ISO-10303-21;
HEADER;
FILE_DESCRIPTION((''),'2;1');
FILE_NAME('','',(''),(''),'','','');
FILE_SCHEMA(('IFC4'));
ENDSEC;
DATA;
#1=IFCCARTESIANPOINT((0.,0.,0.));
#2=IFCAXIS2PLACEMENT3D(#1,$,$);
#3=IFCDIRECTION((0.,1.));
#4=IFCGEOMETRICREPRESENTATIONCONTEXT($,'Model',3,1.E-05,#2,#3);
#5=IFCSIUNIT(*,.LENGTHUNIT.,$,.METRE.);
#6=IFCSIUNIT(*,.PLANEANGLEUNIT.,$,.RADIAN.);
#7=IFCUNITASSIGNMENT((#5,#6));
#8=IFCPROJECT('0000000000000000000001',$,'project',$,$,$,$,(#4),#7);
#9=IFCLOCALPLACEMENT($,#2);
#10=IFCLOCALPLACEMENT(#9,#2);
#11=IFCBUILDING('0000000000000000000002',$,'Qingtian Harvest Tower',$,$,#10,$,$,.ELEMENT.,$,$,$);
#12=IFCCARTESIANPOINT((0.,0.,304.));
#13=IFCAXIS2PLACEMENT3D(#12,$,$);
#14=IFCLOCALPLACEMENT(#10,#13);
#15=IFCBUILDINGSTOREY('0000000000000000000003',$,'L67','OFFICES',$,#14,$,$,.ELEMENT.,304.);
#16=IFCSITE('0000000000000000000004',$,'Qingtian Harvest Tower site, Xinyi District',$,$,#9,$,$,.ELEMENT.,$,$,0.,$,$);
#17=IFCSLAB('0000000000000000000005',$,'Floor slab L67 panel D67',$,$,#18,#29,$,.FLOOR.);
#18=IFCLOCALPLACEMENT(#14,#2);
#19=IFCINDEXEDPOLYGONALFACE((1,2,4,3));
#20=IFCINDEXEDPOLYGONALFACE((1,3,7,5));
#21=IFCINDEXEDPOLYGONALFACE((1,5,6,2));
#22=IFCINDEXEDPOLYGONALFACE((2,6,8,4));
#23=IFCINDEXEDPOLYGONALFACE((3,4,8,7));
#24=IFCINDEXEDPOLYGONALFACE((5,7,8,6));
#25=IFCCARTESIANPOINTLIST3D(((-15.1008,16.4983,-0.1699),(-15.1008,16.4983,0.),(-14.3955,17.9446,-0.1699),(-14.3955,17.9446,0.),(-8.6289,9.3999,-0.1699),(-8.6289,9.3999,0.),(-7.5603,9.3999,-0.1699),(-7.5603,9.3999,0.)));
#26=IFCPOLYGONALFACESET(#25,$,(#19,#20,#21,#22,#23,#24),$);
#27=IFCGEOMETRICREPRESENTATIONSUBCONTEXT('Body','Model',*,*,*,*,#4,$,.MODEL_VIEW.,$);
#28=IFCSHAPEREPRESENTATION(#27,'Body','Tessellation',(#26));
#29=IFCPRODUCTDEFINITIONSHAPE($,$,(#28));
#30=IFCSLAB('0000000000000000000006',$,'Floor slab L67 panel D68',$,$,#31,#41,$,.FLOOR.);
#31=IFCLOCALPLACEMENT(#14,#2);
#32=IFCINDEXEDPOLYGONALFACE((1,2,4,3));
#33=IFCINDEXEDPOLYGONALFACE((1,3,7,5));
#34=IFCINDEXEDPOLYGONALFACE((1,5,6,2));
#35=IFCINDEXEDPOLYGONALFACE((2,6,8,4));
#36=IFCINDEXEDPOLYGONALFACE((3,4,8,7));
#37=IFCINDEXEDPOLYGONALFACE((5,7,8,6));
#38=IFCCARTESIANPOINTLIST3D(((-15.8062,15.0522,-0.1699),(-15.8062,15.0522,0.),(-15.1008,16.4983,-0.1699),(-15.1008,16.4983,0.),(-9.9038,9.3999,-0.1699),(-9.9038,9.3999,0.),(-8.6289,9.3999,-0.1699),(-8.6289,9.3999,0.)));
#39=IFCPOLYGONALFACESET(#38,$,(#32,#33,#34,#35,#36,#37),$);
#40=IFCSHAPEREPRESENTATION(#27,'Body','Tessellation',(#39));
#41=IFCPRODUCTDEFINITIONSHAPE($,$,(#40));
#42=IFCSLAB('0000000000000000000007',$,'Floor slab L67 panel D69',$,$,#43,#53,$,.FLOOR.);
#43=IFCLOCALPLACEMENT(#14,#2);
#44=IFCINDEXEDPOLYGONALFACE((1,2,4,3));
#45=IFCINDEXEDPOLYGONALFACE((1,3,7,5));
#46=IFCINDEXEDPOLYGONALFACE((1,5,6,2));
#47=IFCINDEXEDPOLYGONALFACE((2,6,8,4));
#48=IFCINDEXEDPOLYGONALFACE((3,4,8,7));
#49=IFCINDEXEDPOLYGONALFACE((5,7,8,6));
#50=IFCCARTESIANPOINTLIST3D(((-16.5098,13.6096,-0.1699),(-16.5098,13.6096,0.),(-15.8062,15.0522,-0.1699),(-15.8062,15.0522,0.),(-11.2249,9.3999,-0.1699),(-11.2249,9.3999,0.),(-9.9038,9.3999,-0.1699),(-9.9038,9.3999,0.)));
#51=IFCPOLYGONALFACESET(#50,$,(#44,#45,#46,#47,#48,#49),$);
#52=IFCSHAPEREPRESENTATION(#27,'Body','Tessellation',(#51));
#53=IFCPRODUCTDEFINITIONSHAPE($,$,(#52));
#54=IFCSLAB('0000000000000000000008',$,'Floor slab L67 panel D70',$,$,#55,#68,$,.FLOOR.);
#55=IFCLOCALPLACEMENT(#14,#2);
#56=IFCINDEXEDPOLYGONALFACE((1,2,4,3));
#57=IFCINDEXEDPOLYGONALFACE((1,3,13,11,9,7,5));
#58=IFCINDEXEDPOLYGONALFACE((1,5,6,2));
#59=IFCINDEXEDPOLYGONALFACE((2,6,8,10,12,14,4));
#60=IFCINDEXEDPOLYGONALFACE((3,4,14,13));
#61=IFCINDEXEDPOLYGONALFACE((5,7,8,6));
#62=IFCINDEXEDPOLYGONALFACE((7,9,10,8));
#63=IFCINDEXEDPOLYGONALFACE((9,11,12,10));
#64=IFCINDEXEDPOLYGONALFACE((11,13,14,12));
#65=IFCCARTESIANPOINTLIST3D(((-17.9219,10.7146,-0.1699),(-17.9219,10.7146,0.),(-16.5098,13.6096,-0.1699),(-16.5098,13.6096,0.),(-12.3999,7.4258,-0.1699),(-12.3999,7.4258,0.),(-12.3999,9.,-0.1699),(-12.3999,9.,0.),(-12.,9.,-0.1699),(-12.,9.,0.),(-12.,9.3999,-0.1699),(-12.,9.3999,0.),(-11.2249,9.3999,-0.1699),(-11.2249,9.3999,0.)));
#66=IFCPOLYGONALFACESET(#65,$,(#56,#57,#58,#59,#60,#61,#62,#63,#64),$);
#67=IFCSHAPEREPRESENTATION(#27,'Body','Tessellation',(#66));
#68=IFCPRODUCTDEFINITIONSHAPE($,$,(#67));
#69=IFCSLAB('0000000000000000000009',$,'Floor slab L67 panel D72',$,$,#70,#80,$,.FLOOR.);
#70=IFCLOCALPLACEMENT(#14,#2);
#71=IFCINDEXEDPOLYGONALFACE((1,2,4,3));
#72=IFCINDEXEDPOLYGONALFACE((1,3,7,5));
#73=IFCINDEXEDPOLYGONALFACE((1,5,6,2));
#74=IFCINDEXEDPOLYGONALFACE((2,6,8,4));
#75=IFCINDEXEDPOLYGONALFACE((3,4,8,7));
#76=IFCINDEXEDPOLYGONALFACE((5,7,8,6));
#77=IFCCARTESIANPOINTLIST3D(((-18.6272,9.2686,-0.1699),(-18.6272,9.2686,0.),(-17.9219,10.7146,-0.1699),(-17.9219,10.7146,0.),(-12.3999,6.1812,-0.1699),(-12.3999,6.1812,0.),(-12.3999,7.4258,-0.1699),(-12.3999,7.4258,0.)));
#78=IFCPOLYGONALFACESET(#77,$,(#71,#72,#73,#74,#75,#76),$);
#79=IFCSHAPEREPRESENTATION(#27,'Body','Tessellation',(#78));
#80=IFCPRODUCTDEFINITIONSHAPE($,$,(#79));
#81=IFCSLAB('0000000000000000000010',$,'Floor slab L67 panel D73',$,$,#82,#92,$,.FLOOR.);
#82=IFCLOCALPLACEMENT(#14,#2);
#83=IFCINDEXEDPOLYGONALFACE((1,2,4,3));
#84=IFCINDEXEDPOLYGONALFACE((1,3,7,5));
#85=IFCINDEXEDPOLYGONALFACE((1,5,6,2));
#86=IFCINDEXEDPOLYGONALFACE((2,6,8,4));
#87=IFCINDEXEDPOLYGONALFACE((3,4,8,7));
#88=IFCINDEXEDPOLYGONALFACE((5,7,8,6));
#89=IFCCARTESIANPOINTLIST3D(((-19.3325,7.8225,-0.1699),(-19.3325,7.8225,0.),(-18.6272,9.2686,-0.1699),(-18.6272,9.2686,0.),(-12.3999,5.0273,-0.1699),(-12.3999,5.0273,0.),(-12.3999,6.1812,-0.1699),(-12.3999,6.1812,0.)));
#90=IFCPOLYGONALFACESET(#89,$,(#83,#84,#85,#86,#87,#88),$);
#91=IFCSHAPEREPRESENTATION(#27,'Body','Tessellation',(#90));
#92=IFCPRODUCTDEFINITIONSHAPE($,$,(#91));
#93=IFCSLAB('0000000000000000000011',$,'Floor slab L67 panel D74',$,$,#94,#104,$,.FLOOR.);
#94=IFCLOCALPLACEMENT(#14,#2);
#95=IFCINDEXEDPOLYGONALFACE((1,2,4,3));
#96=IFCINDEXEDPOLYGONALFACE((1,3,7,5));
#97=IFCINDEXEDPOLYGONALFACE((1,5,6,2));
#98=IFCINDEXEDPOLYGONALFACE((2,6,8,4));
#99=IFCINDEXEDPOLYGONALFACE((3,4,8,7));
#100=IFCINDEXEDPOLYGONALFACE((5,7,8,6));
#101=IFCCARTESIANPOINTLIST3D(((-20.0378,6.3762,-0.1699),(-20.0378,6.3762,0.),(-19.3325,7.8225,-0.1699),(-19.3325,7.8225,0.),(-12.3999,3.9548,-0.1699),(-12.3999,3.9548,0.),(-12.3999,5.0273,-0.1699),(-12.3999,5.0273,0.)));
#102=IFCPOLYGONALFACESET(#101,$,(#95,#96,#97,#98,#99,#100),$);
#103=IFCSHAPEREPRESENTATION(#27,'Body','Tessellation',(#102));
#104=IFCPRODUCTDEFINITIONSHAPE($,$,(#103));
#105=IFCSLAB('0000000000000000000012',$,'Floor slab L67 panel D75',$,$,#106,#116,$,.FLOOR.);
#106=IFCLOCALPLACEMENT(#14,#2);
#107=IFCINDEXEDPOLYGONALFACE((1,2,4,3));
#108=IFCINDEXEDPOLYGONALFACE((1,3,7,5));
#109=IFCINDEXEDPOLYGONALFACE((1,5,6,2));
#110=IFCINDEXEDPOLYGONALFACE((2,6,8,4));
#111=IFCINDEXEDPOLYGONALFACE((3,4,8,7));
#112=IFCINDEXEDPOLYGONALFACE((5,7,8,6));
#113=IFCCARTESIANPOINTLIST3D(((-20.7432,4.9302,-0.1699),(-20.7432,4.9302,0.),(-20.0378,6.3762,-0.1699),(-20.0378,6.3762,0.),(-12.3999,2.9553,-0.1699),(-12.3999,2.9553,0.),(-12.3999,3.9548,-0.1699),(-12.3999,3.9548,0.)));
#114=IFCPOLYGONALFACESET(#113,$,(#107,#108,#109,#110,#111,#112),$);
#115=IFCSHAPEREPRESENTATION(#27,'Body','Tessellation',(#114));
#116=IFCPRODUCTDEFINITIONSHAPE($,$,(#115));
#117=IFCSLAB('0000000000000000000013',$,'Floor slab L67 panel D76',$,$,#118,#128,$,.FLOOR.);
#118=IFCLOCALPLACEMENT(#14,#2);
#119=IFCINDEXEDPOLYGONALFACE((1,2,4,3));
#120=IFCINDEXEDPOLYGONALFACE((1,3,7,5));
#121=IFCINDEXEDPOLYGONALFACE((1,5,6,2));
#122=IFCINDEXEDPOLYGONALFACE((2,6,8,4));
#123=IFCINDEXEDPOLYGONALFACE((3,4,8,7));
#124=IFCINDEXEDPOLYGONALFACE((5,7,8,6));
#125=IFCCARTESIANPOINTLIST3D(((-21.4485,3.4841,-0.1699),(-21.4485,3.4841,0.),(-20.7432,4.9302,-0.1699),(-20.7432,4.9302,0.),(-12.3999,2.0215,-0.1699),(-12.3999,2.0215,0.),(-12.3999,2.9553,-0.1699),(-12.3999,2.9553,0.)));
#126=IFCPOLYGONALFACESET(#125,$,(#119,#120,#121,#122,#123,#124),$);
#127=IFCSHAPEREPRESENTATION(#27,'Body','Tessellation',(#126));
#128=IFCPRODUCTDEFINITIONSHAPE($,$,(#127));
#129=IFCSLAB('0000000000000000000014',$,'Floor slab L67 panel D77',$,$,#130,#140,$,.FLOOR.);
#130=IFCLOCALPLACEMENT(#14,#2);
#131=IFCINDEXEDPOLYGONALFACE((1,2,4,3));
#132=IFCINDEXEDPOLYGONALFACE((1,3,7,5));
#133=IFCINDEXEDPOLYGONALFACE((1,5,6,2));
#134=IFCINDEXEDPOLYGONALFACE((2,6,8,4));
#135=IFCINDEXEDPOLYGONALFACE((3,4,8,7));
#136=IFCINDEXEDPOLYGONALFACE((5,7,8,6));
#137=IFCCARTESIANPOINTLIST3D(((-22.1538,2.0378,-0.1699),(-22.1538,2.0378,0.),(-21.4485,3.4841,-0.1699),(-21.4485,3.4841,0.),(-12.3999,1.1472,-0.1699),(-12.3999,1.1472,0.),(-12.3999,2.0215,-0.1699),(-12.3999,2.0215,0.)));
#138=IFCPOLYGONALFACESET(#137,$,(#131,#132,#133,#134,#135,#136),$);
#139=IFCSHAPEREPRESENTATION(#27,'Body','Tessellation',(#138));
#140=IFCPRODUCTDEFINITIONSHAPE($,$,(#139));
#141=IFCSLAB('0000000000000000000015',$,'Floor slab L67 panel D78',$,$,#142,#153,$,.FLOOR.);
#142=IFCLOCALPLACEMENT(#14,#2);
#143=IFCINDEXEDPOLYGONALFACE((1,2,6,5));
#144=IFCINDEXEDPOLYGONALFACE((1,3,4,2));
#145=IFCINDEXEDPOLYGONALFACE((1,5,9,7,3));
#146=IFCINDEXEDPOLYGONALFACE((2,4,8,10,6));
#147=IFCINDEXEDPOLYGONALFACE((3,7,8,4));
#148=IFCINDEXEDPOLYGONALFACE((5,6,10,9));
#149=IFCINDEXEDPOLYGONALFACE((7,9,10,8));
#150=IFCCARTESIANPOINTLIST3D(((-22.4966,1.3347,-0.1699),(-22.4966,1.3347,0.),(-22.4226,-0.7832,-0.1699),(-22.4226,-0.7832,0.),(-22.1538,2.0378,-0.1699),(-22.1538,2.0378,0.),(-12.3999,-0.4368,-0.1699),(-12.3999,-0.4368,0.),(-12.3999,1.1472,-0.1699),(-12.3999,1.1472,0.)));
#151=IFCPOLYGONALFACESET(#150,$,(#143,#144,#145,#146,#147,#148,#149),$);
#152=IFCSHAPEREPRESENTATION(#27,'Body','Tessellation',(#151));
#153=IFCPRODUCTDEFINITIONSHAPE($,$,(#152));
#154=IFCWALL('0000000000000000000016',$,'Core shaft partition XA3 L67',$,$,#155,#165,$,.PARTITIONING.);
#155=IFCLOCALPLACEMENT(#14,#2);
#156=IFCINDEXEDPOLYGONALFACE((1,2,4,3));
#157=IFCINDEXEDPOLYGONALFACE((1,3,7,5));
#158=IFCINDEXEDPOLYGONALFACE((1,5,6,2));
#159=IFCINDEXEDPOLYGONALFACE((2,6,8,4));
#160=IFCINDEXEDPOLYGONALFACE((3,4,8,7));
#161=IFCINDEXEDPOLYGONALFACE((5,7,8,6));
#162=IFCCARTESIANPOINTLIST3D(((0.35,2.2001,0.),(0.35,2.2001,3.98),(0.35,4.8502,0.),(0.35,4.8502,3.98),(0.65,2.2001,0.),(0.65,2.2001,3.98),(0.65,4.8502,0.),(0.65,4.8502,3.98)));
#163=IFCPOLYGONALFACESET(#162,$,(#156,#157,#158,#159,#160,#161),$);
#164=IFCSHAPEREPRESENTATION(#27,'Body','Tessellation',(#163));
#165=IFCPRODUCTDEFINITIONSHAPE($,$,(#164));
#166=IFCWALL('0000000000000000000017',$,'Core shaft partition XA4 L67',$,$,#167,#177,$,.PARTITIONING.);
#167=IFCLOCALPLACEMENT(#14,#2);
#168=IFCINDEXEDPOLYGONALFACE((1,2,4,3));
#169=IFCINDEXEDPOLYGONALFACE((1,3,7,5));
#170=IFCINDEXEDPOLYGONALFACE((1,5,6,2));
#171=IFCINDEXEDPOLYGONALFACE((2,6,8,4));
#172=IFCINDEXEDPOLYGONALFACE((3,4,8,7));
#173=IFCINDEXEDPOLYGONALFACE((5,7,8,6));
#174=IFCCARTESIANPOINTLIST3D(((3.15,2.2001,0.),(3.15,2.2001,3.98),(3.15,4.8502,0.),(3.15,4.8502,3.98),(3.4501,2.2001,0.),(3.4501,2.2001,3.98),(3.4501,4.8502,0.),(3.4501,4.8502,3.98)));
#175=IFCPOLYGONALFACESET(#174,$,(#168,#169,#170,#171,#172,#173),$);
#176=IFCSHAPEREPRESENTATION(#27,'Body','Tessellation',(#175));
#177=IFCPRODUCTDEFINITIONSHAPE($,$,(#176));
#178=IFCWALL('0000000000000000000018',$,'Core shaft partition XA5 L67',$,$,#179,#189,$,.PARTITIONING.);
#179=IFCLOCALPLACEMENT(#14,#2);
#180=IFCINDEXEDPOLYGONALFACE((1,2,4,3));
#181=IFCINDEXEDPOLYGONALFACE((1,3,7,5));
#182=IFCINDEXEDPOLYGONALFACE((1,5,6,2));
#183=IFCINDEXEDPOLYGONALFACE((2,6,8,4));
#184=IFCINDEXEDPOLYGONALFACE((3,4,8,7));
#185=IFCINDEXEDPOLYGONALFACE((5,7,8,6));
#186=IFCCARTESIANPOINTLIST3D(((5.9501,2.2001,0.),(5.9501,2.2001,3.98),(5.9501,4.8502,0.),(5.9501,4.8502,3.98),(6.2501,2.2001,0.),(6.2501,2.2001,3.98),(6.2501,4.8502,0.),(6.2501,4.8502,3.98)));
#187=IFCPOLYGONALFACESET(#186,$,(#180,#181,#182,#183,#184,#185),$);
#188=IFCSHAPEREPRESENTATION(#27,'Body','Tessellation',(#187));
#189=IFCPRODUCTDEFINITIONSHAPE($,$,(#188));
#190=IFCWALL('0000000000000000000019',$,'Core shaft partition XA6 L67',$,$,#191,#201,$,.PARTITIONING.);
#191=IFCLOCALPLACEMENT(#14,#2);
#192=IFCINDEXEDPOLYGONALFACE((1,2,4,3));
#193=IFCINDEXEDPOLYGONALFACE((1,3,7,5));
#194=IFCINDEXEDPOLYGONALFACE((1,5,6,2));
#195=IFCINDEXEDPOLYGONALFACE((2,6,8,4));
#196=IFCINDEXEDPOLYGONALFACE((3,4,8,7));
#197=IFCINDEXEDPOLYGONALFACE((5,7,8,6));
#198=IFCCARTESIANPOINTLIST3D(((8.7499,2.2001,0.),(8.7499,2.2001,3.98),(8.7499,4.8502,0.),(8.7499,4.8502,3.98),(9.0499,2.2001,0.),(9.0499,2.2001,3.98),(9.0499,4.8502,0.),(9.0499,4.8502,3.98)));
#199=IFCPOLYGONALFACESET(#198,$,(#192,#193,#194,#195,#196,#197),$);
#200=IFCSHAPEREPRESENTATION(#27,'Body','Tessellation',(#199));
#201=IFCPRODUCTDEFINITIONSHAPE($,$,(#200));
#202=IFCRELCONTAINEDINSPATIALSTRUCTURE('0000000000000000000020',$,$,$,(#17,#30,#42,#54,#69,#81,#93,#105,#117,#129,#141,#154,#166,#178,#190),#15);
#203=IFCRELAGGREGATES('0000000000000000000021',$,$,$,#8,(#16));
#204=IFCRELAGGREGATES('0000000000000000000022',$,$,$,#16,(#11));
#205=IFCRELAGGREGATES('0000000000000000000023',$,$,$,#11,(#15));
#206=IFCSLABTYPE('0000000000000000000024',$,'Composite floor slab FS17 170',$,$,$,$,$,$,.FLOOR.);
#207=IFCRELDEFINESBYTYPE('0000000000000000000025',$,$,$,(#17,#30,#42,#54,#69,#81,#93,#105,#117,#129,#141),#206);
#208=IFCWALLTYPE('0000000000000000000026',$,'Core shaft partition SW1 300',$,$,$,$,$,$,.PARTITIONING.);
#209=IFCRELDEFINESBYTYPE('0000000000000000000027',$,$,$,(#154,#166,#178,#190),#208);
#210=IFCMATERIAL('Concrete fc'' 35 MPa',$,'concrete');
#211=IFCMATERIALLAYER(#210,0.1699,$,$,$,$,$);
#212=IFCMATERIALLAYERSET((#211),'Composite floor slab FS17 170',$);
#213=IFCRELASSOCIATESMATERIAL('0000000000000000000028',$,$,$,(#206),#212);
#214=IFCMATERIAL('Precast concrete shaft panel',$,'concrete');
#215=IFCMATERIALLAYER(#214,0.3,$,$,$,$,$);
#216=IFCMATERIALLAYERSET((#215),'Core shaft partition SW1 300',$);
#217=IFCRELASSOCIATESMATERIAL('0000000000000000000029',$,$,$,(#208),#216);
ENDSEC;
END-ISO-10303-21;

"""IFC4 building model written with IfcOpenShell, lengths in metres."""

from ifc_helpers import new_model, si_unit, direction, frame, frame_2d, origin, place, context, subcontext, project, spatial, polyline, rectangle, outline, extrude, material, layer, layer_set, type_object, element, save


model = new_model("IFC4")

# Units and contexts
model_context = context("Model", 3, precision=1e-05, world=origin(), true_north=direction((0.0, 1.0)))
body_context = subcontext(model_context, "Body", "Model", "MODEL_VIEW")
ifc_project = project(units=[si_unit("LENGTHUNIT", "METRE"), si_unit("PLANEANGLEUNIT", "RADIAN")], contexts=[model_context])

# Site, building, storey
site_placement = place(None, origin())
site = spatial("IfcSite", under=ifc_project, at=site_placement, Name="Qingtian Harvest Tower site, Xinyi District", CompositionType="ELEMENT", RefElevation=0.0)
building_placement = place(site_placement, origin())
building = spatial("IfcBuilding", under=site, at=building_placement, Name="Qingtian Harvest Tower", CompositionType="ELEMENT")
storey_placement = place(building_placement, frame((0.0, 0.0, 304.0)))
storey = spatial("IfcBuildingStorey", under=building, at=storey_placement, Name="L67", Description="OFFICES", CompositionType="ELEMENT", Elevation=304.0)

# Slabs
ifc_material_1 = material(Name="Concrete fc' 35 MPa", Category="concrete")
ifc_layer_1 = layer(ifc_material_1, 0.1699)
ifc_layer_set_1 = layer_set([ifc_layer_1], Name="Composite floor slab FS17 170")
slab_type = type_object("IfcSlabType", Name="Composite floor slab FS17 170", PredefinedType="FLOOR", material=ifc_layer_set_1)
slab_1_placement = place(storey_placement, frame((0.0, 0.0, -0.1699)))
element("IfcSlab", 1, at=slab_1_placement, inside=storey, type_object=slab_type, Name="Floor slab L67 panel D67", PredefinedType="FLOOR", context=body_context, shape_type="SweptSolid", body=[
    extrude(outline(polyline([(-8.6289, 9.3999), (-15.1008, 16.4983), (-14.3955, 17.9446), (-7.5603, 9.3999), (-8.6289, 9.3999)])), origin(), (0.0, 0.0, 1.0), 0.1699),
])
slab_2_placement = place(storey_placement, frame((0.0, 0.0, -0.1699)))
element("IfcSlab", 2, at=slab_2_placement, inside=storey, type_object=slab_type, Name="Floor slab L67 panel D68", PredefinedType="FLOOR", context=body_context, shape_type="SweptSolid", body=[
    extrude(outline(polyline([(-9.9038, 9.3999), (-15.8062, 15.0522), (-15.1008, 16.4983), (-8.6289, 9.3999), (-9.9038, 9.3999)])), origin(), (0.0, 0.0, 1.0), 0.1699),
])
slab_3_placement = place(storey_placement, frame((0.0, 0.0, -0.1699)))
element("IfcSlab", 3, at=slab_3_placement, inside=storey, type_object=slab_type, Name="Floor slab L67 panel D69", PredefinedType="FLOOR", context=body_context, shape_type="SweptSolid", body=[
    extrude(outline(polyline([(-11.2249, 9.3999), (-16.5098, 13.6096), (-15.8062, 15.0522), (-9.9038, 9.3999), (-11.2249, 9.3999)])), origin(), (0.0, 0.0, 1.0), 0.1699),
])
slab_4_placement = place(storey_placement, frame((0.0, 0.0, -0.1699)))
element("IfcSlab", 4, at=slab_4_placement, inside=storey, type_object=slab_type, Name="Floor slab L67 panel D70", PredefinedType="FLOOR", context=body_context, shape_type="SweptSolid", body=[
    extrude(outline(polyline([(-12.0, 9.0), (-12.3999, 9.0), (-12.3999, 7.4258), (-17.9219, 10.7146), (-16.5098, 13.6096), (-11.2249, 9.3999), (-12.0, 9.3999), (-12.0, 9.0)])), origin(), (0.0, 0.0, 1.0), 0.1699),
])
slab_5_placement = place(storey_placement, frame((0.0, 0.0, -0.1699)))
element("IfcSlab", 5, at=slab_5_placement, inside=storey, type_object=slab_type, Name="Floor slab L67 panel D72", PredefinedType="FLOOR", context=body_context, shape_type="SweptSolid", body=[
    extrude(outline(polyline([(-12.3999, 6.1812), (-18.6272, 9.2686), (-17.9219, 10.7146), (-12.3999, 7.4258), (-12.3999, 6.1812)])), origin(), (0.0, 0.0, 1.0), 0.1699),
])
slab_6_placement = place(storey_placement, frame((0.0, 0.0, -0.1699)))
element("IfcSlab", 6, at=slab_6_placement, inside=storey, type_object=slab_type, Name="Floor slab L67 panel D73", PredefinedType="FLOOR", context=body_context, shape_type="SweptSolid", body=[
    extrude(outline(polyline([(-12.3999, 5.0273), (-19.3325, 7.8225), (-18.6272, 9.2686), (-12.3999, 6.1812), (-12.3999, 5.0273)])), origin(), (0.0, 0.0, 1.0), 0.1699),
])
slab_7_placement = place(storey_placement, frame((0.0, 0.0, -0.1699)))
element("IfcSlab", 7, at=slab_7_placement, inside=storey, type_object=slab_type, Name="Floor slab L67 panel D74", PredefinedType="FLOOR", context=body_context, shape_type="SweptSolid", body=[
    extrude(outline(polyline([(-12.3999, 3.9548), (-20.0378, 6.3762), (-19.3325, 7.8225), (-12.3999, 5.0273), (-12.3999, 3.9548)])), origin(), (0.0, 0.0, 1.0), 0.1699),
])
slab_8_placement = place(storey_placement, frame((0.0, 0.0, -0.1699)))
element("IfcSlab", 8, at=slab_8_placement, inside=storey, type_object=slab_type, Name="Floor slab L67 panel D75", PredefinedType="FLOOR", context=body_context, shape_type="SweptSolid", body=[
    extrude(outline(polyline([(-12.3999, 2.9553), (-20.7432, 4.9302), (-20.0378, 6.3762), (-12.3999, 3.9548), (-12.3999, 2.9553)])), origin(), (0.0, 0.0, 1.0), 0.1699),
])
slab_9_placement = place(storey_placement, frame((0.0, 0.0, -0.1699)))
element("IfcSlab", 9, at=slab_9_placement, inside=storey, type_object=slab_type, Name="Floor slab L67 panel D76", PredefinedType="FLOOR", context=body_context, shape_type="SweptSolid", body=[
    extrude(outline(polyline([(-12.3999, 2.0215), (-21.4485, 3.4841), (-20.7432, 4.9302), (-12.3999, 2.9553), (-12.3999, 2.0215)])), origin(), (0.0, 0.0, 1.0), 0.1699),
])
slab_10_placement = place(storey_placement, frame((0.0, 0.0, -0.1699)))
element("IfcSlab", 10, at=slab_10_placement, inside=storey, type_object=slab_type, Name="Floor slab L67 panel D77", PredefinedType="FLOOR", context=body_context, shape_type="SweptSolid", body=[
    extrude(outline(polyline([(-12.3999, 1.1472), (-22.1538, 2.0378), (-21.4485, 3.4841), (-12.3999, 2.0215), (-12.3999, 1.1472)])), origin(), (0.0, 0.0, 1.0), 0.1699),
])
slab_11_placement = place(storey_placement, frame((0.0, 0.0, -0.1699)))
element("IfcSlab", 11, at=slab_11_placement, inside=storey, type_object=slab_type, Name="Floor slab L67 panel D78", PredefinedType="FLOOR", context=body_context, shape_type="SweptSolid", body=[
    extrude(outline(polyline([(-12.3999, 1.1472), (-12.3999, -0.4368), (-22.4226, -0.7832), (-22.4966, 1.3347), (-22.1538, 2.0378), (-12.3999, 1.1472)])), origin(), (0.0, 0.0, 1.0), 0.1699),
])

# Walls
ifc_material_2 = material(Name="Precast concrete shaft panel", Category="concrete")
ifc_layer_2 = layer(ifc_material_2, 0.3)
ifc_layer_set_2 = layer_set([ifc_layer_2], Name="Core shaft partition SW1 300")
wall_type = type_object("IfcWallType", Name="Core shaft partition SW1 300", PredefinedType="PARTITIONING", material=ifc_layer_set_2)
for number, where, z_axis, x_axis, name in (
    (12, (0.5, 2.2, 0.0), (0.0, 0.0, 1.0), (0.0, 1.0, 0.0), "Core shaft partition XA3 L67"),
    (13, (3.3, 2.2, 0.0), (0.0, 0.0, 1.0), (0.0, 1.0, 0.0), "Core shaft partition XA4 L67"),
    (14, (6.1001, 2.2, 0.0), (0.0, 0.0, 1.0), (0.0, 1.0, 0.0), "Core shaft partition XA5 L67"),
    (15, (8.8999, 2.2, 0.0), (0.0, 0.0, 1.0), (0.0, 1.0, 0.0), "Core shaft partition XA6 L67"),
):
    element("IfcWall", number, at=place(storey_placement, frame(where, z_axis=z_axis, x_axis=x_axis)), inside=storey, type_object=wall_type, Name=name, PredefinedType="PARTITIONING", context=body_context, shape_type="SweptSolid", body=[
        extrude(rectangle(XDim=2.6501, YDim=0.3, at=frame_2d((1.3252, 0.0))), origin(), (0.0, 0.0, 1.0), 3.98),
    ])

save(model, "model.ifc")
